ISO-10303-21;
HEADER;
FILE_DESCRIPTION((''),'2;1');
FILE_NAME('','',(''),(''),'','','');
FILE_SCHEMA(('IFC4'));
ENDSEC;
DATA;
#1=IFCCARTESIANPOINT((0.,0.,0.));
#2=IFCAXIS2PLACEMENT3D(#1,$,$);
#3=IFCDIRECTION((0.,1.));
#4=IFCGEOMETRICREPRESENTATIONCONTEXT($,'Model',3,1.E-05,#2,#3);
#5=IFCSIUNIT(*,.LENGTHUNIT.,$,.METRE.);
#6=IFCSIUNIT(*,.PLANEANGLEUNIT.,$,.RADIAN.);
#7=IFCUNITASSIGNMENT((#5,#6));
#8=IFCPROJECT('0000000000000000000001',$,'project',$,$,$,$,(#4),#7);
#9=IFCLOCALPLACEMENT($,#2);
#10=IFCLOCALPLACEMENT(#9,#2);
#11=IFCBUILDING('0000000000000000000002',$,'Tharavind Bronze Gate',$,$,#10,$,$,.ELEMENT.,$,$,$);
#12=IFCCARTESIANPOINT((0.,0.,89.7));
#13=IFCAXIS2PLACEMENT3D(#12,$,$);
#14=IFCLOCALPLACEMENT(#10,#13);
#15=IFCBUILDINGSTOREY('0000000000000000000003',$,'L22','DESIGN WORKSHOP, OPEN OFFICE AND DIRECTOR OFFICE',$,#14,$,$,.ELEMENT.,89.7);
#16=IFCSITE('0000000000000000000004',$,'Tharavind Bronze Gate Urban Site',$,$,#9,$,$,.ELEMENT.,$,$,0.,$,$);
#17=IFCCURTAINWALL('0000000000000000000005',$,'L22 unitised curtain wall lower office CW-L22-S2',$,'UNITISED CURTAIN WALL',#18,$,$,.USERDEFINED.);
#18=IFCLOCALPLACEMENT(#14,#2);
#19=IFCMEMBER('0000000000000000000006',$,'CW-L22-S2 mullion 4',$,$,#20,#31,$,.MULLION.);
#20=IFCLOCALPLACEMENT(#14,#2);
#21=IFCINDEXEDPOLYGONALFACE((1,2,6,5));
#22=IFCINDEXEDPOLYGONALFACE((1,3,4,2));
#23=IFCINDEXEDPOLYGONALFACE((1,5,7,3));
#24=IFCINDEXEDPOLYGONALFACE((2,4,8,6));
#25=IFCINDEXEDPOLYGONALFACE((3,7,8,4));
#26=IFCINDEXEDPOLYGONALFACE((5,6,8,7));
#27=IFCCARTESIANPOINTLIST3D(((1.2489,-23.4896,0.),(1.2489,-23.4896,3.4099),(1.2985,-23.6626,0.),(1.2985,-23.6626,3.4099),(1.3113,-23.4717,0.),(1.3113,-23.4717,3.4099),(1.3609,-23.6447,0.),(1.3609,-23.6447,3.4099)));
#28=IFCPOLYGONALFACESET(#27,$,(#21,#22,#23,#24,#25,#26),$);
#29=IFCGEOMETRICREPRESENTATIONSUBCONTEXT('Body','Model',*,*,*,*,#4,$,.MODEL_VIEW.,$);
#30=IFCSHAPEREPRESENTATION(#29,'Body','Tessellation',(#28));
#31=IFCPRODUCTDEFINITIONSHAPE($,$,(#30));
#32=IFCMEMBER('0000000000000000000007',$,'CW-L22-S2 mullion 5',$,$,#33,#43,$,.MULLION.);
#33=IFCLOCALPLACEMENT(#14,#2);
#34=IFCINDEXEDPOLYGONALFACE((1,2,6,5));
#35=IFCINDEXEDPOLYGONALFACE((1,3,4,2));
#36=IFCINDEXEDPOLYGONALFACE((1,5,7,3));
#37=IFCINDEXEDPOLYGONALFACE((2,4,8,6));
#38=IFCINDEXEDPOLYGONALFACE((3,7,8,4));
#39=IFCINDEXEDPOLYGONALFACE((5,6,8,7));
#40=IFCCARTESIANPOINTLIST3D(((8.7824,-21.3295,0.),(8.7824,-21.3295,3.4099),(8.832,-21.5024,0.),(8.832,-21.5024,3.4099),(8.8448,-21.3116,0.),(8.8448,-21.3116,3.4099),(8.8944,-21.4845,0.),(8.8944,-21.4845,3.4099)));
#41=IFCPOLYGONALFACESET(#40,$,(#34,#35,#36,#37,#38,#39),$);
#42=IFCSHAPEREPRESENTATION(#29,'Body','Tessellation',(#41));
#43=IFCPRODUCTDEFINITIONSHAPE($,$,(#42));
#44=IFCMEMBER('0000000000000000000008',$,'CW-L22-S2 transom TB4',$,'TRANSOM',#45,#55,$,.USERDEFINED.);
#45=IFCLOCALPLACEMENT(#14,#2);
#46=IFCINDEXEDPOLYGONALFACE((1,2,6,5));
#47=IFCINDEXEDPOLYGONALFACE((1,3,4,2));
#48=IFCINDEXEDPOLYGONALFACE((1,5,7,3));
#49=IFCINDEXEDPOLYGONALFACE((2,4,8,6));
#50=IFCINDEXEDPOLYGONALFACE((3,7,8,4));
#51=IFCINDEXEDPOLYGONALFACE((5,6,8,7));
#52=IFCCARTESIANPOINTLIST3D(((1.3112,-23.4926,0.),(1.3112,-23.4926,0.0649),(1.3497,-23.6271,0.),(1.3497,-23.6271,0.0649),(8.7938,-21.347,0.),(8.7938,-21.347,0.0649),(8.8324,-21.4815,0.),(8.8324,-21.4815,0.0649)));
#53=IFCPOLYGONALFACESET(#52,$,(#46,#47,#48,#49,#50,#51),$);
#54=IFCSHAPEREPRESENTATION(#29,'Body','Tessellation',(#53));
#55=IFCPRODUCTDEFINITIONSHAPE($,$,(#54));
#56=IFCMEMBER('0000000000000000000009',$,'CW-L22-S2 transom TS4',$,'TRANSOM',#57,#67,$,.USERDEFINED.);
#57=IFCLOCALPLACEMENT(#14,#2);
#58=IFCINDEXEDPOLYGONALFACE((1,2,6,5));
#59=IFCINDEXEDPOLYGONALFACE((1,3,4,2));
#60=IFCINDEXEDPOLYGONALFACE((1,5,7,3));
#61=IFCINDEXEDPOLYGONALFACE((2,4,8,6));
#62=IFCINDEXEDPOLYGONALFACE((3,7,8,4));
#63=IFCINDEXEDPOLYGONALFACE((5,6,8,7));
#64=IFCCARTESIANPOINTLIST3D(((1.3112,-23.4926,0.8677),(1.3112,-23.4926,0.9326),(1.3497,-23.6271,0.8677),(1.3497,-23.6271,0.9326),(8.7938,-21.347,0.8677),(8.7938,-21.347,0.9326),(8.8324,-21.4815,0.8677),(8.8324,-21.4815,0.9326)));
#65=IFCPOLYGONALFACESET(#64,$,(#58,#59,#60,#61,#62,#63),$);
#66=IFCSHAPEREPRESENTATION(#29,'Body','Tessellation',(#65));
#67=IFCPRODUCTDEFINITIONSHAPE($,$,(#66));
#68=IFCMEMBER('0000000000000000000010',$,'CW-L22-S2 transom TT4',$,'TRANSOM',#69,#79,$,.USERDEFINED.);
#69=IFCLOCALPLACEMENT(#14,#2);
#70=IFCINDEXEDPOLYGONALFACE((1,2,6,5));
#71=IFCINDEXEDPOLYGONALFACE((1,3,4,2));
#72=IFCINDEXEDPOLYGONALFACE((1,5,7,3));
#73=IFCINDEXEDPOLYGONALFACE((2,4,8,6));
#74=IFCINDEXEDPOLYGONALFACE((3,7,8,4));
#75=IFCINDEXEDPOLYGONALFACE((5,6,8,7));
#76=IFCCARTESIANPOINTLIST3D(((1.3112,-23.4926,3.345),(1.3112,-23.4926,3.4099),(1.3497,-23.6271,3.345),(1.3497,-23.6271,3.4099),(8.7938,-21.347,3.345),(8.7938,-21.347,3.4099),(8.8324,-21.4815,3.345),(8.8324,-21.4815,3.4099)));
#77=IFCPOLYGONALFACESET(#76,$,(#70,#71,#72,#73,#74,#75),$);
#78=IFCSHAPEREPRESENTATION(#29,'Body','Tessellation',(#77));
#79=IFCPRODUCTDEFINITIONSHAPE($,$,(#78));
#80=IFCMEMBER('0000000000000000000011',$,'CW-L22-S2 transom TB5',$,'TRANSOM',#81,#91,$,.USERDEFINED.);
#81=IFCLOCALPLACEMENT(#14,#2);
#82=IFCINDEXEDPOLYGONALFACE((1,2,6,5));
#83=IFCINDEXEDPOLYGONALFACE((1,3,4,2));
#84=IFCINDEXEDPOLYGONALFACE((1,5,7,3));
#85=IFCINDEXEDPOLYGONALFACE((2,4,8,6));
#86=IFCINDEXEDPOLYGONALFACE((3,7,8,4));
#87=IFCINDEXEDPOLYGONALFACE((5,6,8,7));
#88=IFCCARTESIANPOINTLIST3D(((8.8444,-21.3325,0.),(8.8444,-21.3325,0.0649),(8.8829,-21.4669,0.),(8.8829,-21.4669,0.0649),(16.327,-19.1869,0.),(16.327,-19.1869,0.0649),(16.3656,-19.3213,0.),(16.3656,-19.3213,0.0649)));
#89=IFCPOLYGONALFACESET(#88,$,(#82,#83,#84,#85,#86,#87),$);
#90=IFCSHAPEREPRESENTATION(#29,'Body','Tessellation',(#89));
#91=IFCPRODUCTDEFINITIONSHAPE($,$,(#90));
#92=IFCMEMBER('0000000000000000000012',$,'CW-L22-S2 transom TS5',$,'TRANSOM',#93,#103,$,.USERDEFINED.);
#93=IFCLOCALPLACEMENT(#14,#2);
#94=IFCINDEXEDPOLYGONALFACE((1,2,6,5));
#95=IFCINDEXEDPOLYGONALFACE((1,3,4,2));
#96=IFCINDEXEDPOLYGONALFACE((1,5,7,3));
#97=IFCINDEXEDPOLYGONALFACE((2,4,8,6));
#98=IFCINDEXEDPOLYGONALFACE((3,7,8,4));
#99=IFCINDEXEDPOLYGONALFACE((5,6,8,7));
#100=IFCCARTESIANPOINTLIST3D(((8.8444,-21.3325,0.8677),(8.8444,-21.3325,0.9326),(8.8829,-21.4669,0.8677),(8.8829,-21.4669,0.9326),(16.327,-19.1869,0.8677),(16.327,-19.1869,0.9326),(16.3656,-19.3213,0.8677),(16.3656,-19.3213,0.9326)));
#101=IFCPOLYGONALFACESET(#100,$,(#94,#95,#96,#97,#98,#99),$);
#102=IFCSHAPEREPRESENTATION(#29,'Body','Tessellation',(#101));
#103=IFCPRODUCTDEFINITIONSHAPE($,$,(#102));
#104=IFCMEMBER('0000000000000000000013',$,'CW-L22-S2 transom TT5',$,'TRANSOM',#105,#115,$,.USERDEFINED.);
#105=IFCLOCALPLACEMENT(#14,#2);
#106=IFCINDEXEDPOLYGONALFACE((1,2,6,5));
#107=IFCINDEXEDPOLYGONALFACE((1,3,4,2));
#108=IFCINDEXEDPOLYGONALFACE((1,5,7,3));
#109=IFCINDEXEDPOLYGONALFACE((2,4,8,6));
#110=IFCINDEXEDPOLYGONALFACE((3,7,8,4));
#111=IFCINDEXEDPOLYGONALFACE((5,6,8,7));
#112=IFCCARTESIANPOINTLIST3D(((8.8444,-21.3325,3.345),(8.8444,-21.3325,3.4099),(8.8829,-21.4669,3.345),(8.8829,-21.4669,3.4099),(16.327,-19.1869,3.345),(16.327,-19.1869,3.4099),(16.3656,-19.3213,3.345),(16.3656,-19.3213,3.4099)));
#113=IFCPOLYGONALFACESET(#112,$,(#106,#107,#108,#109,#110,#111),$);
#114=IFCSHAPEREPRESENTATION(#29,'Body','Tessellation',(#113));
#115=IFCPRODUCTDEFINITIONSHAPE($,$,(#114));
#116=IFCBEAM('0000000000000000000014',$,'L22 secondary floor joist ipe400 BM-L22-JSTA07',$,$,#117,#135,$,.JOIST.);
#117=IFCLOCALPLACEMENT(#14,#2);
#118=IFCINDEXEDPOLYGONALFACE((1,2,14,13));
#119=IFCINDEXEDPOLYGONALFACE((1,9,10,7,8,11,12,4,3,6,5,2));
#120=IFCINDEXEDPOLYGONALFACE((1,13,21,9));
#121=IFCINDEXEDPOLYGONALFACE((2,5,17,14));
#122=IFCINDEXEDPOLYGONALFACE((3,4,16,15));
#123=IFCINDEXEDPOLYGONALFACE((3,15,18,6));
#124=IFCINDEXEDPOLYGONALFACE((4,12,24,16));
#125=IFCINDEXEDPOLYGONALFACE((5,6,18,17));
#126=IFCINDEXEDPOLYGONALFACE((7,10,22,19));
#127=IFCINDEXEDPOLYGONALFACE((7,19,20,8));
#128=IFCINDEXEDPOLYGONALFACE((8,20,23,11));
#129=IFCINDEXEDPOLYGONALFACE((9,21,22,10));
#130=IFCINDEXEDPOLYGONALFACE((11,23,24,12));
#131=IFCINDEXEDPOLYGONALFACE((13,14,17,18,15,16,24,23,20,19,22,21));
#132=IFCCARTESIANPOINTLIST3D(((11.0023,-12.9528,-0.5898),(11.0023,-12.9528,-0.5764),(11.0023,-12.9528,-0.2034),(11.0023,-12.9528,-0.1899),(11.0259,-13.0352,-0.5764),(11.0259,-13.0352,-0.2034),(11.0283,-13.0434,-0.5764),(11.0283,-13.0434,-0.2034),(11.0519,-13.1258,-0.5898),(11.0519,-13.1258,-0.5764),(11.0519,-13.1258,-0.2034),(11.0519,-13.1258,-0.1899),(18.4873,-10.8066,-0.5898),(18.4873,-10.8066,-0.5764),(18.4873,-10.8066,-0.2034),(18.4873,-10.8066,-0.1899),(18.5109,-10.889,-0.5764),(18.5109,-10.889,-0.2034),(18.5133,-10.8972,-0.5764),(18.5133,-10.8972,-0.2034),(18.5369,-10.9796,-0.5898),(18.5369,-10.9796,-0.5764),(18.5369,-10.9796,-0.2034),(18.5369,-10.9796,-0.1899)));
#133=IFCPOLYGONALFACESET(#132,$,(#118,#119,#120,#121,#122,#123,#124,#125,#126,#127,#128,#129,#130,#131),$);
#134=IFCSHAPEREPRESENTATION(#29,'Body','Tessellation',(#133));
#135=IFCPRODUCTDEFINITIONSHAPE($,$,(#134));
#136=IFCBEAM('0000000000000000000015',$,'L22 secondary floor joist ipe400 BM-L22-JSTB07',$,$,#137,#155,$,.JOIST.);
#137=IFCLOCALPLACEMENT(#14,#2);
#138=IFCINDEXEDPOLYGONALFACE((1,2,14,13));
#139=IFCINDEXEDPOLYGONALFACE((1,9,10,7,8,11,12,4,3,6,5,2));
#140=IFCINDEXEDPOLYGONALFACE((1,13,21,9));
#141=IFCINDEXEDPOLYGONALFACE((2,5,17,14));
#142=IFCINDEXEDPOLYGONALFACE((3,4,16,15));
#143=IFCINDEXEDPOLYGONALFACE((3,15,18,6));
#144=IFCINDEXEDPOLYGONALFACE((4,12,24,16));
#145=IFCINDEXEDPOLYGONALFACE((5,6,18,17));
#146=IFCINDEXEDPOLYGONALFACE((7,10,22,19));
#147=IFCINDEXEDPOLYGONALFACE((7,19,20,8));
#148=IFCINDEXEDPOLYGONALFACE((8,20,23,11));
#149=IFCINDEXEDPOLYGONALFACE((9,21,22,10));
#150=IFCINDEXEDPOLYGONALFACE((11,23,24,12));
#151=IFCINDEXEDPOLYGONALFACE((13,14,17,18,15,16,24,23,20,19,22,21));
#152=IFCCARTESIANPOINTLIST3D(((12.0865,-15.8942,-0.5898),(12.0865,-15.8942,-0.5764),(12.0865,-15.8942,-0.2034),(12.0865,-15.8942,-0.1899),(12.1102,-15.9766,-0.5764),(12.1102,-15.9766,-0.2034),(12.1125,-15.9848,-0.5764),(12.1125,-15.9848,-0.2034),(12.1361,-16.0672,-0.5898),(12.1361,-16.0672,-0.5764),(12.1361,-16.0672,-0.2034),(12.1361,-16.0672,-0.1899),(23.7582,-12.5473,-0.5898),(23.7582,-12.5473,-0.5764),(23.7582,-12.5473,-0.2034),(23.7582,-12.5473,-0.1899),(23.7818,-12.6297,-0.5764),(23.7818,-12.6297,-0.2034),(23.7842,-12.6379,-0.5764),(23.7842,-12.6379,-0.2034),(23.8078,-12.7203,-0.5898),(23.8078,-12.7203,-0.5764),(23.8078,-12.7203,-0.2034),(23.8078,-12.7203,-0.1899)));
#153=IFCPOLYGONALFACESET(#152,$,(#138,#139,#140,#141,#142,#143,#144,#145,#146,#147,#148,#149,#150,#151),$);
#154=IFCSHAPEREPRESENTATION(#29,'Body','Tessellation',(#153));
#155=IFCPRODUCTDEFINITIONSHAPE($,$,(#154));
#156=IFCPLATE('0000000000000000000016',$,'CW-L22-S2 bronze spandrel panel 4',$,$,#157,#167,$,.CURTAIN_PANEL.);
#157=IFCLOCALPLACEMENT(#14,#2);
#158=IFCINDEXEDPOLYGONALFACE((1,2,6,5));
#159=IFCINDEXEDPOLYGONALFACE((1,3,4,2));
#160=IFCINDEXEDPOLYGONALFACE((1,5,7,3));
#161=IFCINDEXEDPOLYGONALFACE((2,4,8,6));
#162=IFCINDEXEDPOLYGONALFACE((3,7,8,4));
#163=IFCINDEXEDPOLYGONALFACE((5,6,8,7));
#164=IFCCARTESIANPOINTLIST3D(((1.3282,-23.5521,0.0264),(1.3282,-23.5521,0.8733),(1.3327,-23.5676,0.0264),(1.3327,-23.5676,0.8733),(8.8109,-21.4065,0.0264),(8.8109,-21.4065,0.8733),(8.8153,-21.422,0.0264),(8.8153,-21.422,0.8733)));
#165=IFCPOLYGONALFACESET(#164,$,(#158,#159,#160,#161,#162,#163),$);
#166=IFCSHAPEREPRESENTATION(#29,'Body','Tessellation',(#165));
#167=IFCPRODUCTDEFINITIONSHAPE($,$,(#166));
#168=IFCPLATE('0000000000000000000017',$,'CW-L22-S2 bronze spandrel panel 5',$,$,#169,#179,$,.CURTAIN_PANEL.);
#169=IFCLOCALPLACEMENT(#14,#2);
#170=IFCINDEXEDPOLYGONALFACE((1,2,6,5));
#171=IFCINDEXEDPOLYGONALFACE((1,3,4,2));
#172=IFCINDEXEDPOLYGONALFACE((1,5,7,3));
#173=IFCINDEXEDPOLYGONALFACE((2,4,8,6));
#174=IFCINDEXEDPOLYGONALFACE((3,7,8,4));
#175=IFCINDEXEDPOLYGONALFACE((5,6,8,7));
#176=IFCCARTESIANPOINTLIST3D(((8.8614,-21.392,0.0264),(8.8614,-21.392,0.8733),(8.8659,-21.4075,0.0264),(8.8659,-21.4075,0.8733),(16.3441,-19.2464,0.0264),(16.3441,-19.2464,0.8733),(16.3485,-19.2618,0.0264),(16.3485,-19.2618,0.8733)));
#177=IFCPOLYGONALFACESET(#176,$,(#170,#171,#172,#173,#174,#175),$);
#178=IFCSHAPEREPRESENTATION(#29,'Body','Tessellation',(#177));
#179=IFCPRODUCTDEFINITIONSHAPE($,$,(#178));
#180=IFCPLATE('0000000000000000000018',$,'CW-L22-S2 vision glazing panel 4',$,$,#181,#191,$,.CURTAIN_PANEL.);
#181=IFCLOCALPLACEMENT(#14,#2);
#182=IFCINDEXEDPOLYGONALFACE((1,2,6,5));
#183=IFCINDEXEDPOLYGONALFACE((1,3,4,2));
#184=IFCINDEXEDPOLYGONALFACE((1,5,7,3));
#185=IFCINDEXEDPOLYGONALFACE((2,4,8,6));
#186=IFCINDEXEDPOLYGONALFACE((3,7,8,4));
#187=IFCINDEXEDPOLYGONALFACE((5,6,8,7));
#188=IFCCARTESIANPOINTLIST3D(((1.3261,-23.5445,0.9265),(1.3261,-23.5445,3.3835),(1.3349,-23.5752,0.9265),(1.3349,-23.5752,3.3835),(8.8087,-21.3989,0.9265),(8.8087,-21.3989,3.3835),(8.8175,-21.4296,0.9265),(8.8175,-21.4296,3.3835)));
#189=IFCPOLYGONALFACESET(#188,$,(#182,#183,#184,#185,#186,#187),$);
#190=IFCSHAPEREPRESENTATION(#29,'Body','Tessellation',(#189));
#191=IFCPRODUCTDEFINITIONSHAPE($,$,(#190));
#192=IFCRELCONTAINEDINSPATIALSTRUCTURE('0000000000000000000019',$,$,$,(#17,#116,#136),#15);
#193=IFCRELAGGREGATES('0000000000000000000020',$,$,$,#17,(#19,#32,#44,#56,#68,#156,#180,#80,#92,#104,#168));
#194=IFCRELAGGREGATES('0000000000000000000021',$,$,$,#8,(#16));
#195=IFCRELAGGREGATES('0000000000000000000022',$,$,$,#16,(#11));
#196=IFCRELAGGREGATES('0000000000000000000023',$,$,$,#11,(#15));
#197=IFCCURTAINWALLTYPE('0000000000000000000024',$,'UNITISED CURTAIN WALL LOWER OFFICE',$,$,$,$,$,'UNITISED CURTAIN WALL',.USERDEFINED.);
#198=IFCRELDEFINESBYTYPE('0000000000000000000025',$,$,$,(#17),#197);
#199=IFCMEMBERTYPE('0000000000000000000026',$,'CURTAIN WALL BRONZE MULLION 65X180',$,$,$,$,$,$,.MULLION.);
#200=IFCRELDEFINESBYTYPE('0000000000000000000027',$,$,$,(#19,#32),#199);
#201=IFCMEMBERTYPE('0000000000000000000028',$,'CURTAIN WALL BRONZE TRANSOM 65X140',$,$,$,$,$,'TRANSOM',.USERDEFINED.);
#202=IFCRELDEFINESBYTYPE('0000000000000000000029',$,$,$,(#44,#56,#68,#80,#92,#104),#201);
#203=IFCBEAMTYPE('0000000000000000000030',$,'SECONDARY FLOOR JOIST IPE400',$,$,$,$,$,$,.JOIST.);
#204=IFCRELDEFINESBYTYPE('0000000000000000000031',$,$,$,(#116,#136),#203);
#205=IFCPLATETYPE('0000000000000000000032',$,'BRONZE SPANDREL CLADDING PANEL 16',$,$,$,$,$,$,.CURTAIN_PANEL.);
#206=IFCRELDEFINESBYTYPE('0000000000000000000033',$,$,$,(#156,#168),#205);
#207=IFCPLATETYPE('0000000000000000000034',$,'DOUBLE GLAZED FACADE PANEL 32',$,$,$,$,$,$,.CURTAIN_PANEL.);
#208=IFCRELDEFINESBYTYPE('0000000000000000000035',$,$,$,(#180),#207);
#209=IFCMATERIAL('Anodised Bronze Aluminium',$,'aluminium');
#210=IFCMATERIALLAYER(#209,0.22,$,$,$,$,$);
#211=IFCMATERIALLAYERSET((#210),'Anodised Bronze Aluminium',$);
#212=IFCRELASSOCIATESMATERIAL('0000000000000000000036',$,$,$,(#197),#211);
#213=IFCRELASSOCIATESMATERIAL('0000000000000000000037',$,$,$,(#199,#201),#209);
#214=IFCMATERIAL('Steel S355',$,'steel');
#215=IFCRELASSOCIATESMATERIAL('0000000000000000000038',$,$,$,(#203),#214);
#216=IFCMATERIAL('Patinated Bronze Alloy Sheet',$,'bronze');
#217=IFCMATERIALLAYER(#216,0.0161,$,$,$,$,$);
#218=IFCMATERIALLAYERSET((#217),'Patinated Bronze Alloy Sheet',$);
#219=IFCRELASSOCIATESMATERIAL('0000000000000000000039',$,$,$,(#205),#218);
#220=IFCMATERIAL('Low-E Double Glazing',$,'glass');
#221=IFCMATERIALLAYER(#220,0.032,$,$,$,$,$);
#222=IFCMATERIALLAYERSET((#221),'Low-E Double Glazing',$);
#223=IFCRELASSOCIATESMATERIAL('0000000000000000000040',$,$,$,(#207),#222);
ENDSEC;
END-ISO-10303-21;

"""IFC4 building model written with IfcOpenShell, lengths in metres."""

from ifc_helpers import new_model, si_unit, direction, frame, origin, origin_2d, place, context, subcontext, project, spatial, rectangle, i_section, extrude, material, layer, layer_set, material_profile, profile_set, type_object, element, aggregate, save


model = new_model("IFC4")

# Units and contexts
model_context = context("Model", 3, precision=1e-05, world=origin(), true_north=direction((0.0, 1.0)))
body_context = subcontext(model_context, "Body", "Model", "MODEL_VIEW")
ifc_project = project(units=[si_unit("LENGTHUNIT", "METRE"), si_unit("PLANEANGLEUNIT", "RADIAN")], contexts=[model_context])

# Site, building, storey
site_placement = place(None, origin())
site = spatial("IfcSite", under=ifc_project, at=site_placement, Name="Tharavind Bronze Gate Urban Site", CompositionType="ELEMENT", RefElevation=0.0)
building_placement = place(site_placement, origin())
building = spatial("IfcBuilding", under=site, at=building_placement, Name="Tharavind Bronze Gate", CompositionType="ELEMENT")
storey_placement = place(building_placement, frame((0.0, 0.0, 89.7)))
storey = spatial("IfcBuildingStorey", under=building, at=storey_placement, Name="L22", Description="DESIGN WORKSHOP, OPEN OFFICE AND DIRECTOR OFFICE", CompositionType="ELEMENT", Elevation=89.7)

# Curtain wall, members
ifc_material_1 = material(Name="Anodised Bronze Aluminium", Category="aluminium")
ifc_layer_1 = layer(ifc_material_1, 0.22)
ifc_layer_set_1 = layer_set([ifc_layer_1], Name="Anodised Bronze Aluminium")
curtain_wall_type = type_object("IfcCurtainWallType", Name="UNITISED CURTAIN WALL LOWER OFFICE", ElementType="UNITISED CURTAIN WALL", PredefinedType="USERDEFINED", material=ifc_layer_set_1)
curtain_wall_placement = place(storey_placement, origin())
curtain_wall = element("IfcCurtainWall", 1, at=curtain_wall_placement, inside=storey, type_object=curtain_wall_type, Name="L22 unitised curtain wall lower office CW-L22-S2", ObjectType="UNITISED CURTAIN WALL", PredefinedType="USERDEFINED")
member_type_1 = type_object("IfcMemberType", Name="CURTAIN WALL BRONZE MULLION 65X180", PredefinedType="MULLION", material=ifc_material_1)
member_1_placement = place(storey_placement, frame((1.3049, -23.5671, 0.0), z_axis=(0.0, 0.0, 1.0), x_axis=(0.961262, 0.275637, 0.0)))
member_1 = element("IfcMember", 2, at=member_1_placement, type_object=member_type_1, Name="CW-L22-S2 mullion 4", PredefinedType="MULLION", context=body_context, shape_type="SweptSolid", body=[
    extrude(rectangle(XDim=0.0649, YDim=0.1799, at=origin_2d()), origin(), (0.0, 0.0, 1.0), 3.4099),
])
member_2_placement = place(storey_placement, frame((8.8384, -21.407, 0.0), z_axis=(0.0, 0.0, 1.0), x_axis=(0.961262, 0.275637, 0.0)))
member_2 = element("IfcMember", 3, at=member_2_placement, type_object=member_type_1, Name="CW-L22-S2 mullion 5", PredefinedType="MULLION", context=body_context, shape_type="SweptSolid", body=[
    extrude(rectangle(XDim=0.0649, YDim=0.1799, at=origin_2d()), origin(), (0.0, 0.0, 1.0), 3.4099),
])
member_type_2 = type_object("IfcMemberType", Name="CURTAIN WALL BRONZE TRANSOM 65X140", ElementType="TRANSOM", PredefinedType="USERDEFINED", material=ifc_material_1)
member_3_placement = place(storey_placement, frame((5.0718, -22.4871, 0.0), z_axis=(0.0, 0.0, 1.0), x_axis=(0.961262, 0.275637, 0.0)))
member_3 = element("IfcMember", 4, at=member_3_placement, type_object=member_type_2, Name="CW-L22-S2 transom TB4", ObjectType="TRANSOM", PredefinedType="USERDEFINED", context=body_context, shape_type="SweptSolid", body=[
    extrude(rectangle(XDim=7.7842, YDim=0.1399, at=origin_2d()), origin(), (0.0, 0.0, 1.0), 0.0649),
])
member_4_placement = place(storey_placement, frame((5.0718, -22.4871, 0.8677), z_axis=(0.0, 0.0, 1.0), x_axis=(0.961262, 0.275637, 0.0)))
member_4 = element("IfcMember", 5, at=member_4_placement, type_object=member_type_2, Name="CW-L22-S2 transom TS4", ObjectType="TRANSOM", PredefinedType="USERDEFINED", context=body_context, shape_type="SweptSolid", body=[
    extrude(rectangle(XDim=7.7842, YDim=0.1399, at=origin_2d()), origin(), (0.0, 0.0, 1.0), 0.0649),
])
member_5_placement = place(storey_placement, frame((5.0718, -22.4871, 3.345), z_axis=(0.0, 0.0, 1.0), x_axis=(0.961262, 0.275637, 0.0)))
member_5 = element("IfcMember", 6, at=member_5_placement, type_object=member_type_2, Name="CW-L22-S2 transom TT4", ObjectType="TRANSOM", PredefinedType="USERDEFINED", context=body_context, shape_type="SweptSolid", body=[
    extrude(rectangle(XDim=7.7842, YDim=0.1399, at=origin_2d()), origin(), (0.0, 0.0, 1.0), 0.0649),
])
member_6_placement = place(storey_placement, frame((12.605, -20.3269, 0.0), z_axis=(0.0, 0.0, 1.0), x_axis=(0.961262, 0.275637, 0.0)))
member_6 = element("IfcMember", 7, at=member_6_placement, type_object=member_type_2, Name="CW-L22-S2 transom TB5", ObjectType="TRANSOM", PredefinedType="USERDEFINED", context=body_context, shape_type="SweptSolid", body=[
    extrude(rectangle(XDim=7.7842, YDim=0.1399, at=origin_2d()), origin(), (0.0, 0.0, 1.0), 0.0649),
])
member_7_placement = place(storey_placement, frame((12.605, -20.3269, 0.8677), z_axis=(0.0, 0.0, 1.0), x_axis=(0.961262, 0.275637, 0.0)))
member_7 = element("IfcMember", 8, at=member_7_placement, type_object=member_type_2, Name="CW-L22-S2 transom TS5", ObjectType="TRANSOM", PredefinedType="USERDEFINED", context=body_context, shape_type="SweptSolid", body=[
    extrude(rectangle(XDim=7.7842, YDim=0.1399, at=origin_2d()), origin(), (0.0, 0.0, 1.0), 0.0649),
])
member_8_placement = place(storey_placement, frame((12.605, -20.3269, 3.345), z_axis=(0.0, 0.0, 1.0), x_axis=(0.961262, 0.275637, 0.0)))
member_8 = element("IfcMember", 9, at=member_8_placement, type_object=member_type_2, Name="CW-L22-S2 transom TT5", ObjectType="TRANSOM", PredefinedType="USERDEFINED", context=body_context, shape_type="SweptSolid", body=[
    extrude(rectangle(XDim=7.7842, YDim=0.1399, at=origin_2d()), origin(), (0.0, 0.0, 1.0), 0.0649),
])

# Beams
ifc_material_2 = material(Name="Steel S355", Category="steel")
ifc_material_profile = material_profile(ifc_material_2, i_section(OverallWidth=0.1799, OverallDepth=0.3999, WebThickness=0.0085, FlangeThickness=0.0134, at=origin_2d()), Name="IPE400")
ifc_profile_set = profile_set([ifc_material_profile], Name="Steel S355")
beam_type = type_object("IfcBeamType", Name="SECONDARY FLOOR JOIST IPE400", PredefinedType="JOIST", material=ifc_profile_set)
beam_1_placement = place(storey_placement, frame((11.0271, -13.0393, -0.3899), z_axis=(0.961264, 0.275628, 0.0), x_axis=(-0.275628, 0.961264, 0.0)))
element("IfcBeam", 10, at=beam_1_placement, inside=storey, type_object=beam_type, Name="L22 secondary floor joist ipe400 BM-L22-JSTA07", PredefinedType="JOIST", context=body_context, shape_type="SweptSolid", body=[
    extrude(i_section(OverallWidth=0.1799, OverallDepth=0.3999, WebThickness=0.0085, FlangeThickness=0.0134, at=origin_2d()), origin(), (0.0, 0.0, 1.0), 7.7866),
])
beam_2_placement = place(storey_placement, frame((12.1113, -15.9807, -0.3899), z_axis=(0.961259, 0.275648, 0.0), x_axis=(-0.275648, 0.961259, 0.0)))
element("IfcBeam", 11, at=beam_2_placement, inside=storey, type_object=beam_type, Name="L22 secondary floor joist ipe400 BM-L22-JSTB07", PredefinedType="JOIST", context=body_context, shape_type="SweptSolid", body=[
    extrude(i_section(OverallWidth=0.1799, OverallDepth=0.3999, WebThickness=0.0085, FlangeThickness=0.0134, at=origin_2d()), origin(), (0.0, 0.0, 1.0), 12.1421),
])

# Plates
ifc_material_3 = material(Name="Patinated Bronze Alloy Sheet", Category="bronze")
ifc_layer_2 = layer(ifc_material_3, 0.0161)
ifc_layer_set_2 = layer_set([ifc_layer_2], Name="Patinated Bronze Alloy Sheet")
plate_type_1 = type_object("IfcPlateType", Name="BRONZE SPANDREL CLADDING PANEL 16", PredefinedType="CURTAIN_PANEL", material=ifc_layer_set_2)
plate_1_placement = place(storey_placement, frame((5.0718, -22.4871, 0.0264), z_axis=(0.0, 0.0, 1.0), x_axis=(0.961262, 0.275637, 0.0)))
plate_1 = element("IfcPlate", 12, at=plate_1_placement, type_object=plate_type_1, Name="CW-L22-S2 bronze spandrel panel 4", PredefinedType="CURTAIN_PANEL", context=body_context, shape_type="SweptSolid", body=[
    extrude(rectangle(XDim=7.7842, YDim=0.0161, at=origin_2d()), origin(), (0.0, 0.0, 1.0), 0.8469),
])
plate_2_placement = place(storey_placement, frame((12.605, -20.3269, 0.0264), z_axis=(0.0, 0.0, 1.0), x_axis=(0.961262, 0.275637, 0.0)))
plate_2 = element("IfcPlate", 13, at=plate_2_placement, type_object=plate_type_1, Name="CW-L22-S2 bronze spandrel panel 5", PredefinedType="CURTAIN_PANEL", context=body_context, shape_type="SweptSolid", body=[
    extrude(rectangle(XDim=7.7842, YDim=0.0161, at=origin_2d()), origin(), (0.0, 0.0, 1.0), 0.8469),
])
ifc_material_4 = material(Name="Low-E Double Glazing", Category="glass")
ifc_layer_3 = layer(ifc_material_4, 0.032)
ifc_layer_set_3 = layer_set([ifc_layer_3], Name="Low-E Double Glazing")
plate_type_2 = type_object("IfcPlateType", Name="DOUBLE GLAZED FACADE PANEL 32", PredefinedType="CURTAIN_PANEL", material=ifc_layer_set_3)
plate_3_placement = place(storey_placement, frame((5.0718, -22.4871, 0.9265), z_axis=(0.0, 0.0, 1.0), x_axis=(0.961262, 0.275637, 0.0)))
plate_3 = element("IfcPlate", 14, at=plate_3_placement, type_object=plate_type_2, Name="CW-L22-S2 vision glazing panel 4", PredefinedType="CURTAIN_PANEL", context=body_context, shape_type="SweptSolid", body=[
    extrude(rectangle(XDim=7.7842, YDim=0.032, at=origin_2d()), origin(), (0.0, 0.0, 1.0), 2.457),
])
aggregate(curtain_wall, [member_1, member_2, member_3, member_4, member_5, plate_1, plate_3, member_6, member_7, member_8, plate_2])

save(model, "model.ifc")
